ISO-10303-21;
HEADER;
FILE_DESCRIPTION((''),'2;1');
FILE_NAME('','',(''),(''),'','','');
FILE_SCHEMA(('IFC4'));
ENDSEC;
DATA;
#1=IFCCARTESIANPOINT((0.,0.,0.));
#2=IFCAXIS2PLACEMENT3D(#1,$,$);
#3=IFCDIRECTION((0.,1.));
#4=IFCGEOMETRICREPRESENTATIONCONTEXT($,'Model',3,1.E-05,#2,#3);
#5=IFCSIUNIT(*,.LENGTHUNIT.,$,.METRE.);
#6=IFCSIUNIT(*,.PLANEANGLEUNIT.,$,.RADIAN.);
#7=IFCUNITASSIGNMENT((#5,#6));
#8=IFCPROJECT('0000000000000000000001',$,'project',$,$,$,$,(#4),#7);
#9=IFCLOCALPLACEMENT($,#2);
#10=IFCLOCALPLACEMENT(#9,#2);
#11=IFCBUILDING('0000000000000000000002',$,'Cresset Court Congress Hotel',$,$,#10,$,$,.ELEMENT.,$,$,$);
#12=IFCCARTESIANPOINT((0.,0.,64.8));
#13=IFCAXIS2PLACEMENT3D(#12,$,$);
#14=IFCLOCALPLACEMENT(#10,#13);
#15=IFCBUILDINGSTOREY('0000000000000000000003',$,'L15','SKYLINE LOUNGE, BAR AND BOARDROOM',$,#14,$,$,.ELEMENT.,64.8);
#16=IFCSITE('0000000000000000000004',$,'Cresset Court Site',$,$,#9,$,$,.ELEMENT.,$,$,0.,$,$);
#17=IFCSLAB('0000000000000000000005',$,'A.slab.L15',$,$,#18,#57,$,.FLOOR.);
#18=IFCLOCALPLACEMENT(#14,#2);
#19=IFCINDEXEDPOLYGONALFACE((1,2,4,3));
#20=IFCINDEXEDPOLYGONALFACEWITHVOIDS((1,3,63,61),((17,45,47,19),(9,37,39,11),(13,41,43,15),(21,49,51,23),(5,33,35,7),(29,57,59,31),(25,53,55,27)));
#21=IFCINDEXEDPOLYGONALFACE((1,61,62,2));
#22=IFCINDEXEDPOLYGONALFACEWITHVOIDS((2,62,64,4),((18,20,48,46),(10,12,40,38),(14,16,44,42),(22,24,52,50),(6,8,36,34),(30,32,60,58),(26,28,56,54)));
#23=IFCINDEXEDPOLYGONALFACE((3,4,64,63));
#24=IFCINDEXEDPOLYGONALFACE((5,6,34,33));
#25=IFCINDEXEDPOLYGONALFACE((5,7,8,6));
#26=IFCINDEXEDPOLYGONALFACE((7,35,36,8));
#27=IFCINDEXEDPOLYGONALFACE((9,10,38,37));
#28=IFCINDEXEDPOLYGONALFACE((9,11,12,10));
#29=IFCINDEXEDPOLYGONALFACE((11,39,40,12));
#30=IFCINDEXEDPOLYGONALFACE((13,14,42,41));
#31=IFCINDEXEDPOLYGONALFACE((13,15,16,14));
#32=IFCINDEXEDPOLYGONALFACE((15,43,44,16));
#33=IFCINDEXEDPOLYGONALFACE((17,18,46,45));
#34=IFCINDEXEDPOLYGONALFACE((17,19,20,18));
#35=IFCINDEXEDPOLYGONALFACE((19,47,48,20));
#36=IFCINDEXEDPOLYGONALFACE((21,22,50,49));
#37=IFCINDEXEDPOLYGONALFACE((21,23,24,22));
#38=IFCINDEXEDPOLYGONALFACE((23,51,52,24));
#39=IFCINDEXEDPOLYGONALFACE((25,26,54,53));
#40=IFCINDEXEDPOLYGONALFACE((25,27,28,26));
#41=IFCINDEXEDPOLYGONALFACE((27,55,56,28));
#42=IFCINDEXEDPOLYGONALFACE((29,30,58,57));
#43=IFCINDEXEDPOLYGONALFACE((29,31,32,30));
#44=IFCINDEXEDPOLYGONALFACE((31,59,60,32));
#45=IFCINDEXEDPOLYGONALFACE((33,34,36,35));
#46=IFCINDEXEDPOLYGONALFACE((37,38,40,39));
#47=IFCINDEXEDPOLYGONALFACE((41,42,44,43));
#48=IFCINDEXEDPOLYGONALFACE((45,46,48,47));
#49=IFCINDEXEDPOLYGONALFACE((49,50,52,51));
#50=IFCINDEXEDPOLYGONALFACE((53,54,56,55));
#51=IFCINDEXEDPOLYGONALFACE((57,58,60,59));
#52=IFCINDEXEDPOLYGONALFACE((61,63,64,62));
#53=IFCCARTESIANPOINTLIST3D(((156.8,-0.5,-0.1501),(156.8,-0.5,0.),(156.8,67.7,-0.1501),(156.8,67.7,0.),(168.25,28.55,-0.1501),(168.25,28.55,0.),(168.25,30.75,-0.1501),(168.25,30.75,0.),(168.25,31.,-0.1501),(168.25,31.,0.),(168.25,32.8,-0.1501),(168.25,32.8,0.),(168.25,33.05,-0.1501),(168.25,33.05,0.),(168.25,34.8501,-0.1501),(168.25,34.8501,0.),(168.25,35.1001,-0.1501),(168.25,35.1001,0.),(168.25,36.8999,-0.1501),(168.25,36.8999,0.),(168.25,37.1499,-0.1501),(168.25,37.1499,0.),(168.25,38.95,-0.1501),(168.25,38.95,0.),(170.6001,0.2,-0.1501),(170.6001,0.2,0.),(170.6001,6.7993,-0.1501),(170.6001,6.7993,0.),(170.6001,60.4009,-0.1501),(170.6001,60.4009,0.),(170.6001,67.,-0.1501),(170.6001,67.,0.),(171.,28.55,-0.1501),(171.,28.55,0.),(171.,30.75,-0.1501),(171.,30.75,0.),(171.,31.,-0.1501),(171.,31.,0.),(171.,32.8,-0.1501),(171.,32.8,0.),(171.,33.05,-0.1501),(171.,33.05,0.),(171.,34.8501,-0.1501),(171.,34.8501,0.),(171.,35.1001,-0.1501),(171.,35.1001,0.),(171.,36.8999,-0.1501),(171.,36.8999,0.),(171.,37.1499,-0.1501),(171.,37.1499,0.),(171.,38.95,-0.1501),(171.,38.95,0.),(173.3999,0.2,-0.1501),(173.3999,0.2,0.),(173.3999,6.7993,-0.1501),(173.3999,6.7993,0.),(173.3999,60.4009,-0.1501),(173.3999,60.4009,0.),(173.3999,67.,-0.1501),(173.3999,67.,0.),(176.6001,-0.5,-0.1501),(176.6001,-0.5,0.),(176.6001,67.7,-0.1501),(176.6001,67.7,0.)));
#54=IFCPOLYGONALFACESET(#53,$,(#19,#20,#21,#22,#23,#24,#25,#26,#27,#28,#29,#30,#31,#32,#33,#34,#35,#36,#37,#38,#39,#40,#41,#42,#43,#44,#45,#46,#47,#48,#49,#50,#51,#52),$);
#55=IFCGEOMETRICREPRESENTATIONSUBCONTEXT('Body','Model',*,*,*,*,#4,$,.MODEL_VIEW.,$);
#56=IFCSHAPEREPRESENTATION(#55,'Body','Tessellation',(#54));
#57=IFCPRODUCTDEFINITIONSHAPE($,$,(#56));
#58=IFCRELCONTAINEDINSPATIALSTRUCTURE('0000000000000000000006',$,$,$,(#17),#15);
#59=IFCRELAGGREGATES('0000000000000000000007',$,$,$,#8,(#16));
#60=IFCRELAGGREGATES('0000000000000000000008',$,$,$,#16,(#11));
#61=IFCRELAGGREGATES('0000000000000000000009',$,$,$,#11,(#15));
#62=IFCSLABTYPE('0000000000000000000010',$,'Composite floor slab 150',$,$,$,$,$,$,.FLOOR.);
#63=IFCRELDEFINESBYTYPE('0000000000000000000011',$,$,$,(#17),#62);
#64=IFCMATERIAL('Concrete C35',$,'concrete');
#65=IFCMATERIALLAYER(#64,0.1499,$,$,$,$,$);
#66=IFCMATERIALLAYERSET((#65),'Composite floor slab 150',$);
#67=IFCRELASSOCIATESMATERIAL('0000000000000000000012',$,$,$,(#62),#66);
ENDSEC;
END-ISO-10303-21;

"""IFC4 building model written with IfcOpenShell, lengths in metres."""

from ifc_helpers import new_model, si_unit, direction, frame, origin, place, context, subcontext, project, spatial, polyline, outline, extrude, material, layer, layer_set, type_object, element, save


model = new_model("IFC4")

# Units and contexts
model_context = context("Model", 3, precision=1e-05, world=origin(), true_north=direction((0.0, 1.0)))
body_context = subcontext(model_context, "Body", "Model", "MODEL_VIEW")
ifc_project = project(units=[si_unit("LENGTHUNIT", "METRE"), si_unit("PLANEANGLEUNIT", "RADIAN")], contexts=[model_context])

# Site, building, storey
site_placement = place(None, origin())
site = spatial("IfcSite", under=ifc_project, at=site_placement, Name="Cresset Court Site", CompositionType="ELEMENT", RefElevation=0.0)
building_placement = place(site_placement, origin())
building = spatial("IfcBuilding", under=site, at=building_placement, Name="Cresset Court Congress Hotel", CompositionType="ELEMENT")
storey_placement = place(building_placement, frame((0.0, 0.0, 64.8)))
storey = spatial("IfcBuildingStorey", under=building, at=storey_placement, Name="L15", Description="SKYLINE LOUNGE, BAR AND BOARDROOM", CompositionType="ELEMENT", Elevation=64.8)

# Slab
ifc_material_1 = material(Name="Concrete C35", Category="concrete")
ifc_layer = layer(ifc_material_1, 0.1499)
ifc_layer_set = layer_set([ifc_layer], Name="Composite floor slab 150")
slab_type = type_object("IfcSlabType", Name="Composite floor slab 150", PredefinedType="FLOOR", material=ifc_layer_set)
slab_placement = place(storey_placement, frame((0.0, 0.0, -0.1501)))
element("IfcSlab", 1, at=slab_placement, inside=storey, type_object=slab_type, Name="A.slab.L15", PredefinedType="FLOOR", context=body_context, shape_type="SweptSolid", body=[
    extrude(outline(polyline([(156.8, -0.5), (176.6001, -0.5), (176.6001, 67.7), (156.8, 67.7), (156.8, -0.5)]), holes=[polyline([(170.6001, 0.2), (173.3999, 0.2), (173.3999, 6.7993), (170.6001, 6.7993), (170.6001, 0.2)]), polyline([(170.6001, 60.4009), (173.3999, 60.4009), (173.3999, 67.0), (170.6001, 67.0), (170.6001, 60.4009)]), polyline([(168.25, 28.55), (171.0, 28.55), (171.0, 30.75), (168.25, 30.75), (168.25, 28.55)]), polyline([(168.25, 31.0), (171.0, 31.0), (171.0, 32.8), (168.25, 32.8), (168.25, 31.0)]), polyline([(168.25, 33.05), (171.0, 33.05), (171.0, 34.8501), (168.25, 34.8501), (168.25, 33.05)]), polyline([(168.25, 35.1001), (171.0, 35.1001), (171.0, 36.8999), (168.25, 36.8999), (168.25, 35.1001)]), polyline([(168.25, 37.1499), (171.0, 37.1499), (171.0, 38.95), (168.25, 38.95), (168.25, 37.1499)])]), origin(), (0.0, 0.0, 1.0), 0.1501),
])

save(model, "model.ifc")
